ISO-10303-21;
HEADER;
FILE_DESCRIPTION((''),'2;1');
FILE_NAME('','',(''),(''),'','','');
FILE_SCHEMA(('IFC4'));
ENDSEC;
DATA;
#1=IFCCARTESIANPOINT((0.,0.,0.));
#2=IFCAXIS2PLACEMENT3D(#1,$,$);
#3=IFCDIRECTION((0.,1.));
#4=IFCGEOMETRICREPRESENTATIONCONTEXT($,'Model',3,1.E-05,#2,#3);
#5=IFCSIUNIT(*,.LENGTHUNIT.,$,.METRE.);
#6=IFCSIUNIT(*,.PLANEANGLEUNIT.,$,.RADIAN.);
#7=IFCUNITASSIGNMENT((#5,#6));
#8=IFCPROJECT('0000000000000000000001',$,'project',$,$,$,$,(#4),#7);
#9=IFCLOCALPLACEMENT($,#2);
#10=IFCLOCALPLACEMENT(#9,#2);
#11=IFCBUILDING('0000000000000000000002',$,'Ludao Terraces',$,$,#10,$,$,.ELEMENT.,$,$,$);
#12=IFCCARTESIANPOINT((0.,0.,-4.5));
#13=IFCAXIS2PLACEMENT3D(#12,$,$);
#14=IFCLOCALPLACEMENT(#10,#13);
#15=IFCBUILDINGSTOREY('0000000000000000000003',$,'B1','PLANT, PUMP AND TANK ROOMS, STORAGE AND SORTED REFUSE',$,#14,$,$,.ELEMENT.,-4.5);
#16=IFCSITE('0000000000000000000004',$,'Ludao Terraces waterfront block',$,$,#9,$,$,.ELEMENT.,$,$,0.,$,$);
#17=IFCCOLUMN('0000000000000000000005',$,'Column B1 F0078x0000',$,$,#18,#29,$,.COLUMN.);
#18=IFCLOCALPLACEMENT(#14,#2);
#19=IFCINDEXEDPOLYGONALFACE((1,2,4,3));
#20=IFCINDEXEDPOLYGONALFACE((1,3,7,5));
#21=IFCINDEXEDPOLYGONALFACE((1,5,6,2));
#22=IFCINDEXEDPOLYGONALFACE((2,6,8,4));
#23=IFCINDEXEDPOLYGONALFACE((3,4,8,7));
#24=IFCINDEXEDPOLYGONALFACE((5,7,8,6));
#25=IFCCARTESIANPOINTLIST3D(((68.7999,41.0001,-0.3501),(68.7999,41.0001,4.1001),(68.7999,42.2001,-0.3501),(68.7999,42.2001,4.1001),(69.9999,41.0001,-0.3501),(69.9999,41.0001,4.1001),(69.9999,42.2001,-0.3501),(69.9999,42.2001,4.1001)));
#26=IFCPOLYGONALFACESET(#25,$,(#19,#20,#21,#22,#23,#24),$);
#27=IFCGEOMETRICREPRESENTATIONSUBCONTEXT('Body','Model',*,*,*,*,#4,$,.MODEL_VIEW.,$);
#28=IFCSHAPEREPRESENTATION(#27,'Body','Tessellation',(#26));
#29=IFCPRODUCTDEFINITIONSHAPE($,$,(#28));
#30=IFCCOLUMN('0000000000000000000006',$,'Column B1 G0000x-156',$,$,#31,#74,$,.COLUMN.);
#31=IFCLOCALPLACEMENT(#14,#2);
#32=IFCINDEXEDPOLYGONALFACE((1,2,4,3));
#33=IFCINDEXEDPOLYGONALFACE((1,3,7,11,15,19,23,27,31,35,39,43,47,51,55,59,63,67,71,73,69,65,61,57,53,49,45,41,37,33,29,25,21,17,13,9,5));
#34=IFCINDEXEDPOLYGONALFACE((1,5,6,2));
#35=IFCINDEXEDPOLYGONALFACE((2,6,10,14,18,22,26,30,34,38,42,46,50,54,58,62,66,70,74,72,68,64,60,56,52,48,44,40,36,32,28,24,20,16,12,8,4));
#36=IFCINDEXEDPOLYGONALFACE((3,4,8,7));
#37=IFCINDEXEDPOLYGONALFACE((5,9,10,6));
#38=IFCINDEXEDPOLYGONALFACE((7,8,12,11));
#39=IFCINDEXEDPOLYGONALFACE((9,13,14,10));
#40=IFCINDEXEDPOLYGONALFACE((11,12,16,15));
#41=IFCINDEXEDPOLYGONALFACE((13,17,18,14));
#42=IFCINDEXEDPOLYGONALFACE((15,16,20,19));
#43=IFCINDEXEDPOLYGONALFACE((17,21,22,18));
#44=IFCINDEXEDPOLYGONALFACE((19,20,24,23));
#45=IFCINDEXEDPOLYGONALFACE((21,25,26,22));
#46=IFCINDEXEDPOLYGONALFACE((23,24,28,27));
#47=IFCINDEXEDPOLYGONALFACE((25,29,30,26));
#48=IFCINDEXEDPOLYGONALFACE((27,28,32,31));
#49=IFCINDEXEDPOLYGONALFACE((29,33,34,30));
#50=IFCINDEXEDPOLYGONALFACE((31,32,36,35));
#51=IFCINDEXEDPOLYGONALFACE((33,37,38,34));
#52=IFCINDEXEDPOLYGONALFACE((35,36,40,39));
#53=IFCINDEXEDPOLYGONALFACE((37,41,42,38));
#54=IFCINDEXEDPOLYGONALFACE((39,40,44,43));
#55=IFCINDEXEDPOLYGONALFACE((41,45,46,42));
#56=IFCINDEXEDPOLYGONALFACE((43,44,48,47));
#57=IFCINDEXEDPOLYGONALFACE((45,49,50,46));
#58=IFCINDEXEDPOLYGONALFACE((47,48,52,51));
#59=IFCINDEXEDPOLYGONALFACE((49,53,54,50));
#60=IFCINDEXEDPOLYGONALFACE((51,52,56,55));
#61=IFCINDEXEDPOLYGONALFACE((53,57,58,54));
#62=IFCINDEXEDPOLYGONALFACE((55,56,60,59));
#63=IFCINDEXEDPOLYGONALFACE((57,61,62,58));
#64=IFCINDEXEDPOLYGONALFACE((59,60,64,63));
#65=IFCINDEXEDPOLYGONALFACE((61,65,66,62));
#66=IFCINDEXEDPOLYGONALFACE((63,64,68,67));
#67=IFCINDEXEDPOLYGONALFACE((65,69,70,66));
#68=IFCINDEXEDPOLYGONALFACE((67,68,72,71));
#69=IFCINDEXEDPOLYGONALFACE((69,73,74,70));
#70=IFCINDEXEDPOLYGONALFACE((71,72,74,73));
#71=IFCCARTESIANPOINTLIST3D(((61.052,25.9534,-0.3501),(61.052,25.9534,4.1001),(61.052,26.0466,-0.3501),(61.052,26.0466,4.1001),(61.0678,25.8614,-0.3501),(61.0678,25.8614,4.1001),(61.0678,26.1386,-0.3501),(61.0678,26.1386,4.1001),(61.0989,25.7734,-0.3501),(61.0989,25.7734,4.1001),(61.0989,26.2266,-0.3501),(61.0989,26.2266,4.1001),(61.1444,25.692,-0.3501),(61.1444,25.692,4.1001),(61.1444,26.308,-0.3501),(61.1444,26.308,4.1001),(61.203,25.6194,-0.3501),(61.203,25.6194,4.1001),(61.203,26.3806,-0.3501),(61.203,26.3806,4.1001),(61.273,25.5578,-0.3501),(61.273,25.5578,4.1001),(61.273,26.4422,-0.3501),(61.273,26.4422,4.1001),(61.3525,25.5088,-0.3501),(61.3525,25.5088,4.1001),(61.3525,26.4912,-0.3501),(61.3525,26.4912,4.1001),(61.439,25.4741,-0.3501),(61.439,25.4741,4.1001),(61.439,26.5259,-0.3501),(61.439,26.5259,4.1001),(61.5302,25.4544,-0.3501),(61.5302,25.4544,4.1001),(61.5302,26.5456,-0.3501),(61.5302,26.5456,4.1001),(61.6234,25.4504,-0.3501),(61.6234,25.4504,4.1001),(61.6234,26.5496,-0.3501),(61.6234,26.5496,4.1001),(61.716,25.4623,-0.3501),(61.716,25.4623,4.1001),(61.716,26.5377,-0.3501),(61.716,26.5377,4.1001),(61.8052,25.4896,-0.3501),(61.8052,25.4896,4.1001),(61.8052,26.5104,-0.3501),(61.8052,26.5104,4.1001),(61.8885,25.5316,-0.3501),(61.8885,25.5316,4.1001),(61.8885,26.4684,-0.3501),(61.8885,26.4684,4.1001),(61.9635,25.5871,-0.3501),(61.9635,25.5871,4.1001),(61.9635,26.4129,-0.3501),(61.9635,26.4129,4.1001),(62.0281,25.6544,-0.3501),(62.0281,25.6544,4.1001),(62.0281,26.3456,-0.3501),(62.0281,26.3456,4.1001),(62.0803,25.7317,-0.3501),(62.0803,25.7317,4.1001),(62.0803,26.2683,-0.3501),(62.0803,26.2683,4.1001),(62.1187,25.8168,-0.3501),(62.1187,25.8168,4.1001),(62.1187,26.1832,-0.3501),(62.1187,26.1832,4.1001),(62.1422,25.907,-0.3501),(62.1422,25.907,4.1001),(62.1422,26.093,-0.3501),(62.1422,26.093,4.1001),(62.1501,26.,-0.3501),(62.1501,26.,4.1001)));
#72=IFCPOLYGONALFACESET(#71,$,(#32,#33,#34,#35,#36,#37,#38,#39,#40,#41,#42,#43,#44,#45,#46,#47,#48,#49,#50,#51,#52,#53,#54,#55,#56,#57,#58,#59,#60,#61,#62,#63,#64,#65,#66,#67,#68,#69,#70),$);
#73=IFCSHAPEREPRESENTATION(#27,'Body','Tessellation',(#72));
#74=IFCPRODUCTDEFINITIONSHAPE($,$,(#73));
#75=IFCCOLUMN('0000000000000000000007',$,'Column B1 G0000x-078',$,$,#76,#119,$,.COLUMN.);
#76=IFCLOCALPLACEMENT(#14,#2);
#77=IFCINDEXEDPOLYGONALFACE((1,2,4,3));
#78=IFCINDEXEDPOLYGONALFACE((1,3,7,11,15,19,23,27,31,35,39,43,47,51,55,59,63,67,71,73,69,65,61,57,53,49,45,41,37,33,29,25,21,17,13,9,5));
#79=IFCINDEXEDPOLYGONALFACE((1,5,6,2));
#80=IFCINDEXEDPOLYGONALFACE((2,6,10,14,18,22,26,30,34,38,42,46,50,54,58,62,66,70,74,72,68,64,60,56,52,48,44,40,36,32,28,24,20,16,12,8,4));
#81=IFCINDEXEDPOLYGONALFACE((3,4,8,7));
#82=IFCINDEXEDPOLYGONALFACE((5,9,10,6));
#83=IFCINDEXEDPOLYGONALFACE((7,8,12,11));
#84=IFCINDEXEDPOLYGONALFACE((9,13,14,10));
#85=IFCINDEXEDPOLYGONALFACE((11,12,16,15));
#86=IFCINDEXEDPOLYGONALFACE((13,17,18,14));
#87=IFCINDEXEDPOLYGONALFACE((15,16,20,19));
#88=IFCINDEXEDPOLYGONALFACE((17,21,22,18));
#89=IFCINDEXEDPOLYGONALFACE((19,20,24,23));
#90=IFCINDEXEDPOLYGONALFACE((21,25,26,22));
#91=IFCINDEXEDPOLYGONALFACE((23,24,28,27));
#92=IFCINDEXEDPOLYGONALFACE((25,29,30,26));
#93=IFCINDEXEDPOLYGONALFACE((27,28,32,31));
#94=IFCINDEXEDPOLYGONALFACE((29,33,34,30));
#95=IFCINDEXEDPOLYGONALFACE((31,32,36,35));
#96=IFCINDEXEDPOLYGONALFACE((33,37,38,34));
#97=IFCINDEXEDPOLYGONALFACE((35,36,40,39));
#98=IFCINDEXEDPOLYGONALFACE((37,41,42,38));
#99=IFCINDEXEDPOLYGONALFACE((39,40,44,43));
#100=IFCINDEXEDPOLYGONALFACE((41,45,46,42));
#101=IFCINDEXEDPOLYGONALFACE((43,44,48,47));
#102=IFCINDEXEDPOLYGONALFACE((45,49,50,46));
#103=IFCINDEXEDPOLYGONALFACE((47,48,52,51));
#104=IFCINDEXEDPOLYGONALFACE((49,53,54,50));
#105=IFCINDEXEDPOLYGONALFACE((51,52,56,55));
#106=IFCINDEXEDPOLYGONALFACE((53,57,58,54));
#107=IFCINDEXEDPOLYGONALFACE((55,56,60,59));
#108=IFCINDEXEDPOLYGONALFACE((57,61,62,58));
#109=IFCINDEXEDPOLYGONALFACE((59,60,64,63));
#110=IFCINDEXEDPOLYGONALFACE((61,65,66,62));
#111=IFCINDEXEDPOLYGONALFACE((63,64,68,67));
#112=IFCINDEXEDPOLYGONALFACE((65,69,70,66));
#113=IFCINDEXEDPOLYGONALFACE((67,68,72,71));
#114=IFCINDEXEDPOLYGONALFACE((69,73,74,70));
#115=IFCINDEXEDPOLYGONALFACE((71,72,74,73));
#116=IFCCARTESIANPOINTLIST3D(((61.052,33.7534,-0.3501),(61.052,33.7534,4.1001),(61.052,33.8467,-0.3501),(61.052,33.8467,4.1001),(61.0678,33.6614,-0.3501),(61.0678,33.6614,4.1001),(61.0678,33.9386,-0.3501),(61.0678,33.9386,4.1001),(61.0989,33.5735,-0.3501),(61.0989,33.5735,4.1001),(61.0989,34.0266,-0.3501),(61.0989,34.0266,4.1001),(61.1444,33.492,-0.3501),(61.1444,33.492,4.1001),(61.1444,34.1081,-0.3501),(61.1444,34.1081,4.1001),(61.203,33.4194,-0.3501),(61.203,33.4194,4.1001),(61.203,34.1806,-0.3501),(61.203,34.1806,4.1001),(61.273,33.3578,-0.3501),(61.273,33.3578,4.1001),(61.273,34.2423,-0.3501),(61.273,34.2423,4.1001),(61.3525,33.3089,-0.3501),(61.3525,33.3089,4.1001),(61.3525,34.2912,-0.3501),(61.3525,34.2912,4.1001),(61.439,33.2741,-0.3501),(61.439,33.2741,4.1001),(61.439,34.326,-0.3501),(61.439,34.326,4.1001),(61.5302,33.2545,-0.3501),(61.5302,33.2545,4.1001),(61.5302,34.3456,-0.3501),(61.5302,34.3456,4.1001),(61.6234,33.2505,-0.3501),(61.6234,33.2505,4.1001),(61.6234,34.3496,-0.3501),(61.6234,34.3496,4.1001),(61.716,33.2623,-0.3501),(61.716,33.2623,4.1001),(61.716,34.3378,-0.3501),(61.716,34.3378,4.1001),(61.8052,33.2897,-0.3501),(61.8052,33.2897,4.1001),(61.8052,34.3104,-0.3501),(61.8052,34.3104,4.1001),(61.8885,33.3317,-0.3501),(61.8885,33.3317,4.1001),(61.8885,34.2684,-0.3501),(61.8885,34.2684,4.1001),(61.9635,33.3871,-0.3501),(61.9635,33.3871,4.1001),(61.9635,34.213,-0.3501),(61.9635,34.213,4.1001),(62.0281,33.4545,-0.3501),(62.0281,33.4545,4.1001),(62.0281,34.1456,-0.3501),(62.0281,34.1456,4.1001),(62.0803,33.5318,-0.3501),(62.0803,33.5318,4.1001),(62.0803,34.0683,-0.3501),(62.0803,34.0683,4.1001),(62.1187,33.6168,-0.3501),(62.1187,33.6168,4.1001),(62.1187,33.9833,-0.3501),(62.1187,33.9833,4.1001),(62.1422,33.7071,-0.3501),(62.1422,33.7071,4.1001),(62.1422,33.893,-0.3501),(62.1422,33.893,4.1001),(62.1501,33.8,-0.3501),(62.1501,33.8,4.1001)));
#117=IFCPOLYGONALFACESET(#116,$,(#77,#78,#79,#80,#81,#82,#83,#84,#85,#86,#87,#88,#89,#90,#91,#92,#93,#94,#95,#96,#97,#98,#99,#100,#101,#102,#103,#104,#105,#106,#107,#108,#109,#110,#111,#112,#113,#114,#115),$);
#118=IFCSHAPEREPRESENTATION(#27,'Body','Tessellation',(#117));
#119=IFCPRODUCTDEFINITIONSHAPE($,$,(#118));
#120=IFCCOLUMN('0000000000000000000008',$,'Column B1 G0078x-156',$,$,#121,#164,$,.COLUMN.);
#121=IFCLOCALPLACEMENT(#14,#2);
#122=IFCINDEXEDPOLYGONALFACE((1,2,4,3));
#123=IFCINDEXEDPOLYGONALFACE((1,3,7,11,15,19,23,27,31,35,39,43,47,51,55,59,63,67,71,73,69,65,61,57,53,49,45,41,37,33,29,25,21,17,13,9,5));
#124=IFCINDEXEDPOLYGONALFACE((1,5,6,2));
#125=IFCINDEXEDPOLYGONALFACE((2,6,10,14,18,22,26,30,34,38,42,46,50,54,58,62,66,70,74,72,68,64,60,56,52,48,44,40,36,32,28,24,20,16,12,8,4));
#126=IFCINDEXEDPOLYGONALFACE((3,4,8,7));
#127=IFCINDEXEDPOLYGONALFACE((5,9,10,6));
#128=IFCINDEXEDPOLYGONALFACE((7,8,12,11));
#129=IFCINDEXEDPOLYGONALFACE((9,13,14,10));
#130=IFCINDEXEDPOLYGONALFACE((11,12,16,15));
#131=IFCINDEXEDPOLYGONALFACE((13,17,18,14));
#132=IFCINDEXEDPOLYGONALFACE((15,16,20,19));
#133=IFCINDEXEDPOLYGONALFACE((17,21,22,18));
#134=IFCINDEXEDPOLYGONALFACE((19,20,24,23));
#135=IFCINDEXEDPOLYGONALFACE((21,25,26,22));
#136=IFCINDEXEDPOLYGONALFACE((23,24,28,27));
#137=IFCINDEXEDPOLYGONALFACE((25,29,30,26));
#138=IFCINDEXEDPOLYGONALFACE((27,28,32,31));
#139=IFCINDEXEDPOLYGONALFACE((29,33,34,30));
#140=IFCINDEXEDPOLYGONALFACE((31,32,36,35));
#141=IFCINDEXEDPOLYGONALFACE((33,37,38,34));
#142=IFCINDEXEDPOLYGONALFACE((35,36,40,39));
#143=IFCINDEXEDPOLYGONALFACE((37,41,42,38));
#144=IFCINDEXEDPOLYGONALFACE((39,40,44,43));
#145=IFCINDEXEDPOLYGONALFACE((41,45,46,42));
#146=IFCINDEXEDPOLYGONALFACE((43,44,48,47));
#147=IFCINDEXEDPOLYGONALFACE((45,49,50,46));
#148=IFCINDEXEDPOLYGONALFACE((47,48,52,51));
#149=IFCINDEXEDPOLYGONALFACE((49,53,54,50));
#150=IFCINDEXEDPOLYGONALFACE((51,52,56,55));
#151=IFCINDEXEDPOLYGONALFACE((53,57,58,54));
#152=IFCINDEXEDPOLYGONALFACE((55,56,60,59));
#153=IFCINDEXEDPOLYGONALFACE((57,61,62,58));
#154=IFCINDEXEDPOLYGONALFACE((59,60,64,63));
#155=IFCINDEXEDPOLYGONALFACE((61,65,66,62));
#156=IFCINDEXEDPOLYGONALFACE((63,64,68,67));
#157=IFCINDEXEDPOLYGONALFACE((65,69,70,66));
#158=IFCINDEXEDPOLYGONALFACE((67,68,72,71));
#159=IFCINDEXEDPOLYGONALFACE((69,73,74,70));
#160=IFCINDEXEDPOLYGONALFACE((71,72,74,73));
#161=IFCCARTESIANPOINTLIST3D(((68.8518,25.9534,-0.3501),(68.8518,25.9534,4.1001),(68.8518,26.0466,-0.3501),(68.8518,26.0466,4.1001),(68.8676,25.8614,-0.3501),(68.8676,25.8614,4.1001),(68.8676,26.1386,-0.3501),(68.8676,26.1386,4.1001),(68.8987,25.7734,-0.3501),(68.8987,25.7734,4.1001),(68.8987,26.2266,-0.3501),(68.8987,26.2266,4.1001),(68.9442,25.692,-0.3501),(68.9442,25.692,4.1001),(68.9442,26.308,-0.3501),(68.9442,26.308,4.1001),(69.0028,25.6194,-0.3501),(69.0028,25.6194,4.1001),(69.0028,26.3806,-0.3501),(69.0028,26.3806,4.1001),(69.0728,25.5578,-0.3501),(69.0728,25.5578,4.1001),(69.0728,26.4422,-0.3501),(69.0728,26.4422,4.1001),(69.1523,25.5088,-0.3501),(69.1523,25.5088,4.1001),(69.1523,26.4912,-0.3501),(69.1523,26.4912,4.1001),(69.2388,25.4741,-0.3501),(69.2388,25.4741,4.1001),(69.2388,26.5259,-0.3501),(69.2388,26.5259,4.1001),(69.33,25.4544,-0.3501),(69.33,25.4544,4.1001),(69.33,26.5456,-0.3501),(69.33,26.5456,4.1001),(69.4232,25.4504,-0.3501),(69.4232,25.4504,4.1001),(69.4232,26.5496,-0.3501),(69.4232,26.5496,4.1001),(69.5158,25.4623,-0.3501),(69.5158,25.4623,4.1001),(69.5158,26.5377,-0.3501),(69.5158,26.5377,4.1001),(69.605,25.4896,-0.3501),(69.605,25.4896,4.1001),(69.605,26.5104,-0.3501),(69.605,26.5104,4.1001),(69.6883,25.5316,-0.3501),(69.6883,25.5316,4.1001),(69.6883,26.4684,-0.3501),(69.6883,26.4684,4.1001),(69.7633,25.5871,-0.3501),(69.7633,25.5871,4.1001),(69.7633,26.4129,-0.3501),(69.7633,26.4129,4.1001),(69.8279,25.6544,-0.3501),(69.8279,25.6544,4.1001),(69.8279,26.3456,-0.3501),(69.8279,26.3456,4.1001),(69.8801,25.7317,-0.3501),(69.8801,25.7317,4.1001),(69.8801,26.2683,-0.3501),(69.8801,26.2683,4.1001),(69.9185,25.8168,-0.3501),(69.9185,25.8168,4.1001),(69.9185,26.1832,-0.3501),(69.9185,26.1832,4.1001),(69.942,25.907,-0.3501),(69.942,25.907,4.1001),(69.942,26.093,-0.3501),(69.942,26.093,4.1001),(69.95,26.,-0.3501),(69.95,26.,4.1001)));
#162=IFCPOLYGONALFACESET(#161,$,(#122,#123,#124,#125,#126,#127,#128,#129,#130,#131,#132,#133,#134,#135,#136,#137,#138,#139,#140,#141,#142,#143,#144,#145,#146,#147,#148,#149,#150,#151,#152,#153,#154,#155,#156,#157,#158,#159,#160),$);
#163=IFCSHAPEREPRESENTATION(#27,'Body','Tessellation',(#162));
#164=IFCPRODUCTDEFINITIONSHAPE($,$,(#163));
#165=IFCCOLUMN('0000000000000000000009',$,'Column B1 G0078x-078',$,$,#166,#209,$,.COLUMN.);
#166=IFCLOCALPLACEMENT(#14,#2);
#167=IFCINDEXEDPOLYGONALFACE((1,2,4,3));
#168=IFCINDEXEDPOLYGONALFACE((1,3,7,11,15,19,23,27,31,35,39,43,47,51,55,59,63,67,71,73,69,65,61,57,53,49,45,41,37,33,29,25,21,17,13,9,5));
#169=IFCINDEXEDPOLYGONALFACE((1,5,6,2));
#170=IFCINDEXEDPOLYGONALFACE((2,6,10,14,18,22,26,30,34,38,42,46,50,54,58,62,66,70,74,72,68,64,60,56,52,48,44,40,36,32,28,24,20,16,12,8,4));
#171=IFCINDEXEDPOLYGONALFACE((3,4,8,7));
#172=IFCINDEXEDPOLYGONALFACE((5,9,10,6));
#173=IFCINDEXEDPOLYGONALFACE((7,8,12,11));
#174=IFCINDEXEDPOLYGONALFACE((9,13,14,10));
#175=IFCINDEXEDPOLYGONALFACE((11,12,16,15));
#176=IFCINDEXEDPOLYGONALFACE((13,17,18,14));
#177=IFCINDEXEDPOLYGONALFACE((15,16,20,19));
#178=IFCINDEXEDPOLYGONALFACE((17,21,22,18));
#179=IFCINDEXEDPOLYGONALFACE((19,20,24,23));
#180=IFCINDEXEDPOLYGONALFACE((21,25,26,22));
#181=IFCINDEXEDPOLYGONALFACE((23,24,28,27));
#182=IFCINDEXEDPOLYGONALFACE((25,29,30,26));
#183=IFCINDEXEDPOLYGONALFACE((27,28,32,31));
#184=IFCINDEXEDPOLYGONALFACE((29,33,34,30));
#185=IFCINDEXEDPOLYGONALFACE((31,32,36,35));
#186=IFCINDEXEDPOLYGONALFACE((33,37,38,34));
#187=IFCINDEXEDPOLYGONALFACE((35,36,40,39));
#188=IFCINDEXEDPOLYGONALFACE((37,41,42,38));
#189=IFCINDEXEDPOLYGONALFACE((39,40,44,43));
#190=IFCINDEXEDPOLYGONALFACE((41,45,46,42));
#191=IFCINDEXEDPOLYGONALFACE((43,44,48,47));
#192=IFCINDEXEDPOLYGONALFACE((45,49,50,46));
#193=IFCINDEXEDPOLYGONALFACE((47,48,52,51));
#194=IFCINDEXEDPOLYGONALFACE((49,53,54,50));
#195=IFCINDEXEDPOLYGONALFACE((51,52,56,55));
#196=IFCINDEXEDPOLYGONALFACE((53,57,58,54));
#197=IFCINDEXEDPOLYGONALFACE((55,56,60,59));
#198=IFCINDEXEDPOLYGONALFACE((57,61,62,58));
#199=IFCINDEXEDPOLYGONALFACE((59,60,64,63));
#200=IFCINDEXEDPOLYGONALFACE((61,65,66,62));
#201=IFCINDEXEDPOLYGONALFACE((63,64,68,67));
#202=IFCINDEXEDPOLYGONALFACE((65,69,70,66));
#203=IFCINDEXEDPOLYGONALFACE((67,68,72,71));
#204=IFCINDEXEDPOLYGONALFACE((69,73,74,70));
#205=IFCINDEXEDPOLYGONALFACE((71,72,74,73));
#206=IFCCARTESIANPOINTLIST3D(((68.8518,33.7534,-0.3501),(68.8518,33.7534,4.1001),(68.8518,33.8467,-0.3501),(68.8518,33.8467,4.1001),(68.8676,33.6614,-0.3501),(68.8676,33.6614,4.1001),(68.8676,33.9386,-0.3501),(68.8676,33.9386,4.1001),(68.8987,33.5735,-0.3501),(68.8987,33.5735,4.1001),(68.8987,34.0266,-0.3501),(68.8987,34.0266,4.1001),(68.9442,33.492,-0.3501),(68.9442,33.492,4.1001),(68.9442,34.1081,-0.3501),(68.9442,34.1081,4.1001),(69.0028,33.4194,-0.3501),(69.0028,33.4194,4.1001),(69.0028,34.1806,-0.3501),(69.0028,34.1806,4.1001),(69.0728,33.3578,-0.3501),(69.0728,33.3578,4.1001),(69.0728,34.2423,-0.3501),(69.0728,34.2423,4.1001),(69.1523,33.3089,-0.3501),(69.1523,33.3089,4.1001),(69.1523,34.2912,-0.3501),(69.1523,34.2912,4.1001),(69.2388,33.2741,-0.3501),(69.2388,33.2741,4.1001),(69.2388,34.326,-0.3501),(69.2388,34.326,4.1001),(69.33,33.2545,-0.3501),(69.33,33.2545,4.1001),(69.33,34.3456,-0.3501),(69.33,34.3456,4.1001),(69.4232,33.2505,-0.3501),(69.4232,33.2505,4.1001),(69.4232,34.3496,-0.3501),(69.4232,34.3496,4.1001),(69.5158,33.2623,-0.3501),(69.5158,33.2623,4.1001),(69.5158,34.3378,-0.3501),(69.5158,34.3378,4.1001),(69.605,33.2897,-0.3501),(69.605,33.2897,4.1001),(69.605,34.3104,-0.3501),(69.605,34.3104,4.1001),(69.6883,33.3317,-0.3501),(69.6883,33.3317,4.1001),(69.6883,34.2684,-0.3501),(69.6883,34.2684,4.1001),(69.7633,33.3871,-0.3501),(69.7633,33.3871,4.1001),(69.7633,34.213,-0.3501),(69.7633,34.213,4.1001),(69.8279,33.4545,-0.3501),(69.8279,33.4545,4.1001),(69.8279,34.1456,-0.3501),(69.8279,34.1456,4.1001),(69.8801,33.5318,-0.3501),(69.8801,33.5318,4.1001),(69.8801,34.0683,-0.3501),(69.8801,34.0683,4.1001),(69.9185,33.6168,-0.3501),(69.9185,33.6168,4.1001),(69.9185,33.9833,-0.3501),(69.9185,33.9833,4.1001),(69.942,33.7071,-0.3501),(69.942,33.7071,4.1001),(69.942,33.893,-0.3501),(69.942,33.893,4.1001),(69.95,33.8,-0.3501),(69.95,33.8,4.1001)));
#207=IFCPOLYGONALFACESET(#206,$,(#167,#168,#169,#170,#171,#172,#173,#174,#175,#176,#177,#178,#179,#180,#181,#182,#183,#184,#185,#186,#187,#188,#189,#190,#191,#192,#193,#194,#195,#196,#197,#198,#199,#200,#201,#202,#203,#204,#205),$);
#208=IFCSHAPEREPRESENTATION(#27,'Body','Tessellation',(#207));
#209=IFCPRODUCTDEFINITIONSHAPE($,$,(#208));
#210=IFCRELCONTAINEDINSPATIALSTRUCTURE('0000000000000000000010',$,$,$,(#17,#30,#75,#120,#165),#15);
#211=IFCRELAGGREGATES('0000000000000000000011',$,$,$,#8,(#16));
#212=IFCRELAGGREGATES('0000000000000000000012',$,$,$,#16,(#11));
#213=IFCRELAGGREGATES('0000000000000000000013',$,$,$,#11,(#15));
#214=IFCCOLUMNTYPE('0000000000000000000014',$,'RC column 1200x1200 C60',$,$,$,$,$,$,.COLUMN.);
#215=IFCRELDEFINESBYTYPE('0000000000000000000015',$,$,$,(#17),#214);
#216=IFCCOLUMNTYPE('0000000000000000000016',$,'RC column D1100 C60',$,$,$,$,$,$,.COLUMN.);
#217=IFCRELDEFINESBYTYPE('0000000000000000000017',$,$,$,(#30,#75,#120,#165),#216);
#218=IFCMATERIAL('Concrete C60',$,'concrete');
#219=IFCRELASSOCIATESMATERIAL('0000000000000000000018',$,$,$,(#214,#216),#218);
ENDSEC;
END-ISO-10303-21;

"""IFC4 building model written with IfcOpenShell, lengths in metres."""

from ifc_helpers import new_model, si_unit, direction, frame, origin, origin_2d, place, context, subcontext, project, spatial, rectangle, circle, extrude, material, material_profile, profile_set, type_object, element, save


model = new_model("IFC4")

# Units and contexts
model_context = context("Model", 3, precision=1e-05, world=origin(), true_north=direction((0.0, 1.0)))
body_context = subcontext(model_context, "Body", "Model", "MODEL_VIEW")
ifc_project = project(units=[si_unit("LENGTHUNIT", "METRE"), si_unit("PLANEANGLEUNIT", "RADIAN")], contexts=[model_context])

# Site, building, storey
site_placement = place(None, origin())
site = spatial("IfcSite", under=ifc_project, at=site_placement, Name="Ludao Terraces waterfront block", CompositionType="ELEMENT", RefElevation=0.0)
building_placement = place(site_placement, origin())
building = spatial("IfcBuilding", under=site, at=building_placement, Name="Ludao Terraces", CompositionType="ELEMENT")
storey_placement = place(building_placement, frame((0.0, 0.0, -4.5)))
storey = spatial("IfcBuildingStorey", under=building, at=storey_placement, Name="B1", Description="PLANT, PUMP AND TANK ROOMS, STORAGE AND SORTED REFUSE", CompositionType="ELEMENT", Elevation=-4.5)

# Columns
ifc_material_1 = material(Name="Concrete C60", Category="concrete")
ifc_material_profile_1 = material_profile(ifc_material_1, rectangle(XDim=1.2, YDim=1.2, at=origin_2d()), Name="1200 X 1200")
ifc_profile_set_1 = profile_set([ifc_material_profile_1], Name="Concrete C60")
column_type_1 = type_object("IfcColumnType", Name="RC column 1200x1200 C60", PredefinedType="COLUMN", material=ifc_profile_set_1)
column_placement = place(storey_placement, frame((69.3999, 41.6001, -0.3501), z_axis=(0.0, 0.0, 1.0), x_axis=(1.0, 0.0, 0.0)))
element("IfcColumn", 1, at=column_placement, inside=storey, type_object=column_type_1, Name="Column B1 F0078x0000", PredefinedType="COLUMN", context=body_context, shape_type="SweptSolid", body=[
    extrude(rectangle(XDim=1.2, YDim=1.2, at=origin_2d()), origin(), (0.0, 0.0, 1.0), 4.4502),
])
ifc_material_profile_2 = material_profile(ifc_material_1, circle(Radius=0.55, at=origin_2d()), Name="D1100")
ifc_profile_set_2 = profile_set([ifc_material_profile_2], Name="Concrete C60")
column_type_2 = type_object("IfcColumnType", Name="RC column D1100 C60", PredefinedType="COLUMN", material=ifc_profile_set_2)
for number, where, z_axis, x_axis, name in (
    (2, (61.6001, 26.0, -0.3501), (0.0, 0.0, 1.0), (1.0, 0.0, 0.0), "Column B1 G0000x-156"),
    (3, (61.6001, 33.8, -0.3501), (0.0, 0.0, 1.0), (1.0, 0.0, 0.0), "Column B1 G0000x-078"),
    (4, (69.3999, 26.0, -0.3501), (0.0, 0.0, 1.0), (1.0, 0.0, 0.0), "Column B1 G0078x-156"),
    (5, (69.3999, 33.8, -0.3501), (0.0, 0.0, 1.0), (1.0, 0.0, 0.0), "Column B1 G0078x-078"),
):
    element("IfcColumn", number, at=place(storey_placement, frame(where, z_axis=z_axis, x_axis=x_axis)), inside=storey, type_object=column_type_2, Name=name, PredefinedType="COLUMN", context=body_context, shape_type="SweptSolid", body=[
        extrude(circle(Radius=0.55, at=origin_2d()), origin(), (0.0, 0.0, 1.0), 4.4502),
    ])

save(model, "model.ifc")
